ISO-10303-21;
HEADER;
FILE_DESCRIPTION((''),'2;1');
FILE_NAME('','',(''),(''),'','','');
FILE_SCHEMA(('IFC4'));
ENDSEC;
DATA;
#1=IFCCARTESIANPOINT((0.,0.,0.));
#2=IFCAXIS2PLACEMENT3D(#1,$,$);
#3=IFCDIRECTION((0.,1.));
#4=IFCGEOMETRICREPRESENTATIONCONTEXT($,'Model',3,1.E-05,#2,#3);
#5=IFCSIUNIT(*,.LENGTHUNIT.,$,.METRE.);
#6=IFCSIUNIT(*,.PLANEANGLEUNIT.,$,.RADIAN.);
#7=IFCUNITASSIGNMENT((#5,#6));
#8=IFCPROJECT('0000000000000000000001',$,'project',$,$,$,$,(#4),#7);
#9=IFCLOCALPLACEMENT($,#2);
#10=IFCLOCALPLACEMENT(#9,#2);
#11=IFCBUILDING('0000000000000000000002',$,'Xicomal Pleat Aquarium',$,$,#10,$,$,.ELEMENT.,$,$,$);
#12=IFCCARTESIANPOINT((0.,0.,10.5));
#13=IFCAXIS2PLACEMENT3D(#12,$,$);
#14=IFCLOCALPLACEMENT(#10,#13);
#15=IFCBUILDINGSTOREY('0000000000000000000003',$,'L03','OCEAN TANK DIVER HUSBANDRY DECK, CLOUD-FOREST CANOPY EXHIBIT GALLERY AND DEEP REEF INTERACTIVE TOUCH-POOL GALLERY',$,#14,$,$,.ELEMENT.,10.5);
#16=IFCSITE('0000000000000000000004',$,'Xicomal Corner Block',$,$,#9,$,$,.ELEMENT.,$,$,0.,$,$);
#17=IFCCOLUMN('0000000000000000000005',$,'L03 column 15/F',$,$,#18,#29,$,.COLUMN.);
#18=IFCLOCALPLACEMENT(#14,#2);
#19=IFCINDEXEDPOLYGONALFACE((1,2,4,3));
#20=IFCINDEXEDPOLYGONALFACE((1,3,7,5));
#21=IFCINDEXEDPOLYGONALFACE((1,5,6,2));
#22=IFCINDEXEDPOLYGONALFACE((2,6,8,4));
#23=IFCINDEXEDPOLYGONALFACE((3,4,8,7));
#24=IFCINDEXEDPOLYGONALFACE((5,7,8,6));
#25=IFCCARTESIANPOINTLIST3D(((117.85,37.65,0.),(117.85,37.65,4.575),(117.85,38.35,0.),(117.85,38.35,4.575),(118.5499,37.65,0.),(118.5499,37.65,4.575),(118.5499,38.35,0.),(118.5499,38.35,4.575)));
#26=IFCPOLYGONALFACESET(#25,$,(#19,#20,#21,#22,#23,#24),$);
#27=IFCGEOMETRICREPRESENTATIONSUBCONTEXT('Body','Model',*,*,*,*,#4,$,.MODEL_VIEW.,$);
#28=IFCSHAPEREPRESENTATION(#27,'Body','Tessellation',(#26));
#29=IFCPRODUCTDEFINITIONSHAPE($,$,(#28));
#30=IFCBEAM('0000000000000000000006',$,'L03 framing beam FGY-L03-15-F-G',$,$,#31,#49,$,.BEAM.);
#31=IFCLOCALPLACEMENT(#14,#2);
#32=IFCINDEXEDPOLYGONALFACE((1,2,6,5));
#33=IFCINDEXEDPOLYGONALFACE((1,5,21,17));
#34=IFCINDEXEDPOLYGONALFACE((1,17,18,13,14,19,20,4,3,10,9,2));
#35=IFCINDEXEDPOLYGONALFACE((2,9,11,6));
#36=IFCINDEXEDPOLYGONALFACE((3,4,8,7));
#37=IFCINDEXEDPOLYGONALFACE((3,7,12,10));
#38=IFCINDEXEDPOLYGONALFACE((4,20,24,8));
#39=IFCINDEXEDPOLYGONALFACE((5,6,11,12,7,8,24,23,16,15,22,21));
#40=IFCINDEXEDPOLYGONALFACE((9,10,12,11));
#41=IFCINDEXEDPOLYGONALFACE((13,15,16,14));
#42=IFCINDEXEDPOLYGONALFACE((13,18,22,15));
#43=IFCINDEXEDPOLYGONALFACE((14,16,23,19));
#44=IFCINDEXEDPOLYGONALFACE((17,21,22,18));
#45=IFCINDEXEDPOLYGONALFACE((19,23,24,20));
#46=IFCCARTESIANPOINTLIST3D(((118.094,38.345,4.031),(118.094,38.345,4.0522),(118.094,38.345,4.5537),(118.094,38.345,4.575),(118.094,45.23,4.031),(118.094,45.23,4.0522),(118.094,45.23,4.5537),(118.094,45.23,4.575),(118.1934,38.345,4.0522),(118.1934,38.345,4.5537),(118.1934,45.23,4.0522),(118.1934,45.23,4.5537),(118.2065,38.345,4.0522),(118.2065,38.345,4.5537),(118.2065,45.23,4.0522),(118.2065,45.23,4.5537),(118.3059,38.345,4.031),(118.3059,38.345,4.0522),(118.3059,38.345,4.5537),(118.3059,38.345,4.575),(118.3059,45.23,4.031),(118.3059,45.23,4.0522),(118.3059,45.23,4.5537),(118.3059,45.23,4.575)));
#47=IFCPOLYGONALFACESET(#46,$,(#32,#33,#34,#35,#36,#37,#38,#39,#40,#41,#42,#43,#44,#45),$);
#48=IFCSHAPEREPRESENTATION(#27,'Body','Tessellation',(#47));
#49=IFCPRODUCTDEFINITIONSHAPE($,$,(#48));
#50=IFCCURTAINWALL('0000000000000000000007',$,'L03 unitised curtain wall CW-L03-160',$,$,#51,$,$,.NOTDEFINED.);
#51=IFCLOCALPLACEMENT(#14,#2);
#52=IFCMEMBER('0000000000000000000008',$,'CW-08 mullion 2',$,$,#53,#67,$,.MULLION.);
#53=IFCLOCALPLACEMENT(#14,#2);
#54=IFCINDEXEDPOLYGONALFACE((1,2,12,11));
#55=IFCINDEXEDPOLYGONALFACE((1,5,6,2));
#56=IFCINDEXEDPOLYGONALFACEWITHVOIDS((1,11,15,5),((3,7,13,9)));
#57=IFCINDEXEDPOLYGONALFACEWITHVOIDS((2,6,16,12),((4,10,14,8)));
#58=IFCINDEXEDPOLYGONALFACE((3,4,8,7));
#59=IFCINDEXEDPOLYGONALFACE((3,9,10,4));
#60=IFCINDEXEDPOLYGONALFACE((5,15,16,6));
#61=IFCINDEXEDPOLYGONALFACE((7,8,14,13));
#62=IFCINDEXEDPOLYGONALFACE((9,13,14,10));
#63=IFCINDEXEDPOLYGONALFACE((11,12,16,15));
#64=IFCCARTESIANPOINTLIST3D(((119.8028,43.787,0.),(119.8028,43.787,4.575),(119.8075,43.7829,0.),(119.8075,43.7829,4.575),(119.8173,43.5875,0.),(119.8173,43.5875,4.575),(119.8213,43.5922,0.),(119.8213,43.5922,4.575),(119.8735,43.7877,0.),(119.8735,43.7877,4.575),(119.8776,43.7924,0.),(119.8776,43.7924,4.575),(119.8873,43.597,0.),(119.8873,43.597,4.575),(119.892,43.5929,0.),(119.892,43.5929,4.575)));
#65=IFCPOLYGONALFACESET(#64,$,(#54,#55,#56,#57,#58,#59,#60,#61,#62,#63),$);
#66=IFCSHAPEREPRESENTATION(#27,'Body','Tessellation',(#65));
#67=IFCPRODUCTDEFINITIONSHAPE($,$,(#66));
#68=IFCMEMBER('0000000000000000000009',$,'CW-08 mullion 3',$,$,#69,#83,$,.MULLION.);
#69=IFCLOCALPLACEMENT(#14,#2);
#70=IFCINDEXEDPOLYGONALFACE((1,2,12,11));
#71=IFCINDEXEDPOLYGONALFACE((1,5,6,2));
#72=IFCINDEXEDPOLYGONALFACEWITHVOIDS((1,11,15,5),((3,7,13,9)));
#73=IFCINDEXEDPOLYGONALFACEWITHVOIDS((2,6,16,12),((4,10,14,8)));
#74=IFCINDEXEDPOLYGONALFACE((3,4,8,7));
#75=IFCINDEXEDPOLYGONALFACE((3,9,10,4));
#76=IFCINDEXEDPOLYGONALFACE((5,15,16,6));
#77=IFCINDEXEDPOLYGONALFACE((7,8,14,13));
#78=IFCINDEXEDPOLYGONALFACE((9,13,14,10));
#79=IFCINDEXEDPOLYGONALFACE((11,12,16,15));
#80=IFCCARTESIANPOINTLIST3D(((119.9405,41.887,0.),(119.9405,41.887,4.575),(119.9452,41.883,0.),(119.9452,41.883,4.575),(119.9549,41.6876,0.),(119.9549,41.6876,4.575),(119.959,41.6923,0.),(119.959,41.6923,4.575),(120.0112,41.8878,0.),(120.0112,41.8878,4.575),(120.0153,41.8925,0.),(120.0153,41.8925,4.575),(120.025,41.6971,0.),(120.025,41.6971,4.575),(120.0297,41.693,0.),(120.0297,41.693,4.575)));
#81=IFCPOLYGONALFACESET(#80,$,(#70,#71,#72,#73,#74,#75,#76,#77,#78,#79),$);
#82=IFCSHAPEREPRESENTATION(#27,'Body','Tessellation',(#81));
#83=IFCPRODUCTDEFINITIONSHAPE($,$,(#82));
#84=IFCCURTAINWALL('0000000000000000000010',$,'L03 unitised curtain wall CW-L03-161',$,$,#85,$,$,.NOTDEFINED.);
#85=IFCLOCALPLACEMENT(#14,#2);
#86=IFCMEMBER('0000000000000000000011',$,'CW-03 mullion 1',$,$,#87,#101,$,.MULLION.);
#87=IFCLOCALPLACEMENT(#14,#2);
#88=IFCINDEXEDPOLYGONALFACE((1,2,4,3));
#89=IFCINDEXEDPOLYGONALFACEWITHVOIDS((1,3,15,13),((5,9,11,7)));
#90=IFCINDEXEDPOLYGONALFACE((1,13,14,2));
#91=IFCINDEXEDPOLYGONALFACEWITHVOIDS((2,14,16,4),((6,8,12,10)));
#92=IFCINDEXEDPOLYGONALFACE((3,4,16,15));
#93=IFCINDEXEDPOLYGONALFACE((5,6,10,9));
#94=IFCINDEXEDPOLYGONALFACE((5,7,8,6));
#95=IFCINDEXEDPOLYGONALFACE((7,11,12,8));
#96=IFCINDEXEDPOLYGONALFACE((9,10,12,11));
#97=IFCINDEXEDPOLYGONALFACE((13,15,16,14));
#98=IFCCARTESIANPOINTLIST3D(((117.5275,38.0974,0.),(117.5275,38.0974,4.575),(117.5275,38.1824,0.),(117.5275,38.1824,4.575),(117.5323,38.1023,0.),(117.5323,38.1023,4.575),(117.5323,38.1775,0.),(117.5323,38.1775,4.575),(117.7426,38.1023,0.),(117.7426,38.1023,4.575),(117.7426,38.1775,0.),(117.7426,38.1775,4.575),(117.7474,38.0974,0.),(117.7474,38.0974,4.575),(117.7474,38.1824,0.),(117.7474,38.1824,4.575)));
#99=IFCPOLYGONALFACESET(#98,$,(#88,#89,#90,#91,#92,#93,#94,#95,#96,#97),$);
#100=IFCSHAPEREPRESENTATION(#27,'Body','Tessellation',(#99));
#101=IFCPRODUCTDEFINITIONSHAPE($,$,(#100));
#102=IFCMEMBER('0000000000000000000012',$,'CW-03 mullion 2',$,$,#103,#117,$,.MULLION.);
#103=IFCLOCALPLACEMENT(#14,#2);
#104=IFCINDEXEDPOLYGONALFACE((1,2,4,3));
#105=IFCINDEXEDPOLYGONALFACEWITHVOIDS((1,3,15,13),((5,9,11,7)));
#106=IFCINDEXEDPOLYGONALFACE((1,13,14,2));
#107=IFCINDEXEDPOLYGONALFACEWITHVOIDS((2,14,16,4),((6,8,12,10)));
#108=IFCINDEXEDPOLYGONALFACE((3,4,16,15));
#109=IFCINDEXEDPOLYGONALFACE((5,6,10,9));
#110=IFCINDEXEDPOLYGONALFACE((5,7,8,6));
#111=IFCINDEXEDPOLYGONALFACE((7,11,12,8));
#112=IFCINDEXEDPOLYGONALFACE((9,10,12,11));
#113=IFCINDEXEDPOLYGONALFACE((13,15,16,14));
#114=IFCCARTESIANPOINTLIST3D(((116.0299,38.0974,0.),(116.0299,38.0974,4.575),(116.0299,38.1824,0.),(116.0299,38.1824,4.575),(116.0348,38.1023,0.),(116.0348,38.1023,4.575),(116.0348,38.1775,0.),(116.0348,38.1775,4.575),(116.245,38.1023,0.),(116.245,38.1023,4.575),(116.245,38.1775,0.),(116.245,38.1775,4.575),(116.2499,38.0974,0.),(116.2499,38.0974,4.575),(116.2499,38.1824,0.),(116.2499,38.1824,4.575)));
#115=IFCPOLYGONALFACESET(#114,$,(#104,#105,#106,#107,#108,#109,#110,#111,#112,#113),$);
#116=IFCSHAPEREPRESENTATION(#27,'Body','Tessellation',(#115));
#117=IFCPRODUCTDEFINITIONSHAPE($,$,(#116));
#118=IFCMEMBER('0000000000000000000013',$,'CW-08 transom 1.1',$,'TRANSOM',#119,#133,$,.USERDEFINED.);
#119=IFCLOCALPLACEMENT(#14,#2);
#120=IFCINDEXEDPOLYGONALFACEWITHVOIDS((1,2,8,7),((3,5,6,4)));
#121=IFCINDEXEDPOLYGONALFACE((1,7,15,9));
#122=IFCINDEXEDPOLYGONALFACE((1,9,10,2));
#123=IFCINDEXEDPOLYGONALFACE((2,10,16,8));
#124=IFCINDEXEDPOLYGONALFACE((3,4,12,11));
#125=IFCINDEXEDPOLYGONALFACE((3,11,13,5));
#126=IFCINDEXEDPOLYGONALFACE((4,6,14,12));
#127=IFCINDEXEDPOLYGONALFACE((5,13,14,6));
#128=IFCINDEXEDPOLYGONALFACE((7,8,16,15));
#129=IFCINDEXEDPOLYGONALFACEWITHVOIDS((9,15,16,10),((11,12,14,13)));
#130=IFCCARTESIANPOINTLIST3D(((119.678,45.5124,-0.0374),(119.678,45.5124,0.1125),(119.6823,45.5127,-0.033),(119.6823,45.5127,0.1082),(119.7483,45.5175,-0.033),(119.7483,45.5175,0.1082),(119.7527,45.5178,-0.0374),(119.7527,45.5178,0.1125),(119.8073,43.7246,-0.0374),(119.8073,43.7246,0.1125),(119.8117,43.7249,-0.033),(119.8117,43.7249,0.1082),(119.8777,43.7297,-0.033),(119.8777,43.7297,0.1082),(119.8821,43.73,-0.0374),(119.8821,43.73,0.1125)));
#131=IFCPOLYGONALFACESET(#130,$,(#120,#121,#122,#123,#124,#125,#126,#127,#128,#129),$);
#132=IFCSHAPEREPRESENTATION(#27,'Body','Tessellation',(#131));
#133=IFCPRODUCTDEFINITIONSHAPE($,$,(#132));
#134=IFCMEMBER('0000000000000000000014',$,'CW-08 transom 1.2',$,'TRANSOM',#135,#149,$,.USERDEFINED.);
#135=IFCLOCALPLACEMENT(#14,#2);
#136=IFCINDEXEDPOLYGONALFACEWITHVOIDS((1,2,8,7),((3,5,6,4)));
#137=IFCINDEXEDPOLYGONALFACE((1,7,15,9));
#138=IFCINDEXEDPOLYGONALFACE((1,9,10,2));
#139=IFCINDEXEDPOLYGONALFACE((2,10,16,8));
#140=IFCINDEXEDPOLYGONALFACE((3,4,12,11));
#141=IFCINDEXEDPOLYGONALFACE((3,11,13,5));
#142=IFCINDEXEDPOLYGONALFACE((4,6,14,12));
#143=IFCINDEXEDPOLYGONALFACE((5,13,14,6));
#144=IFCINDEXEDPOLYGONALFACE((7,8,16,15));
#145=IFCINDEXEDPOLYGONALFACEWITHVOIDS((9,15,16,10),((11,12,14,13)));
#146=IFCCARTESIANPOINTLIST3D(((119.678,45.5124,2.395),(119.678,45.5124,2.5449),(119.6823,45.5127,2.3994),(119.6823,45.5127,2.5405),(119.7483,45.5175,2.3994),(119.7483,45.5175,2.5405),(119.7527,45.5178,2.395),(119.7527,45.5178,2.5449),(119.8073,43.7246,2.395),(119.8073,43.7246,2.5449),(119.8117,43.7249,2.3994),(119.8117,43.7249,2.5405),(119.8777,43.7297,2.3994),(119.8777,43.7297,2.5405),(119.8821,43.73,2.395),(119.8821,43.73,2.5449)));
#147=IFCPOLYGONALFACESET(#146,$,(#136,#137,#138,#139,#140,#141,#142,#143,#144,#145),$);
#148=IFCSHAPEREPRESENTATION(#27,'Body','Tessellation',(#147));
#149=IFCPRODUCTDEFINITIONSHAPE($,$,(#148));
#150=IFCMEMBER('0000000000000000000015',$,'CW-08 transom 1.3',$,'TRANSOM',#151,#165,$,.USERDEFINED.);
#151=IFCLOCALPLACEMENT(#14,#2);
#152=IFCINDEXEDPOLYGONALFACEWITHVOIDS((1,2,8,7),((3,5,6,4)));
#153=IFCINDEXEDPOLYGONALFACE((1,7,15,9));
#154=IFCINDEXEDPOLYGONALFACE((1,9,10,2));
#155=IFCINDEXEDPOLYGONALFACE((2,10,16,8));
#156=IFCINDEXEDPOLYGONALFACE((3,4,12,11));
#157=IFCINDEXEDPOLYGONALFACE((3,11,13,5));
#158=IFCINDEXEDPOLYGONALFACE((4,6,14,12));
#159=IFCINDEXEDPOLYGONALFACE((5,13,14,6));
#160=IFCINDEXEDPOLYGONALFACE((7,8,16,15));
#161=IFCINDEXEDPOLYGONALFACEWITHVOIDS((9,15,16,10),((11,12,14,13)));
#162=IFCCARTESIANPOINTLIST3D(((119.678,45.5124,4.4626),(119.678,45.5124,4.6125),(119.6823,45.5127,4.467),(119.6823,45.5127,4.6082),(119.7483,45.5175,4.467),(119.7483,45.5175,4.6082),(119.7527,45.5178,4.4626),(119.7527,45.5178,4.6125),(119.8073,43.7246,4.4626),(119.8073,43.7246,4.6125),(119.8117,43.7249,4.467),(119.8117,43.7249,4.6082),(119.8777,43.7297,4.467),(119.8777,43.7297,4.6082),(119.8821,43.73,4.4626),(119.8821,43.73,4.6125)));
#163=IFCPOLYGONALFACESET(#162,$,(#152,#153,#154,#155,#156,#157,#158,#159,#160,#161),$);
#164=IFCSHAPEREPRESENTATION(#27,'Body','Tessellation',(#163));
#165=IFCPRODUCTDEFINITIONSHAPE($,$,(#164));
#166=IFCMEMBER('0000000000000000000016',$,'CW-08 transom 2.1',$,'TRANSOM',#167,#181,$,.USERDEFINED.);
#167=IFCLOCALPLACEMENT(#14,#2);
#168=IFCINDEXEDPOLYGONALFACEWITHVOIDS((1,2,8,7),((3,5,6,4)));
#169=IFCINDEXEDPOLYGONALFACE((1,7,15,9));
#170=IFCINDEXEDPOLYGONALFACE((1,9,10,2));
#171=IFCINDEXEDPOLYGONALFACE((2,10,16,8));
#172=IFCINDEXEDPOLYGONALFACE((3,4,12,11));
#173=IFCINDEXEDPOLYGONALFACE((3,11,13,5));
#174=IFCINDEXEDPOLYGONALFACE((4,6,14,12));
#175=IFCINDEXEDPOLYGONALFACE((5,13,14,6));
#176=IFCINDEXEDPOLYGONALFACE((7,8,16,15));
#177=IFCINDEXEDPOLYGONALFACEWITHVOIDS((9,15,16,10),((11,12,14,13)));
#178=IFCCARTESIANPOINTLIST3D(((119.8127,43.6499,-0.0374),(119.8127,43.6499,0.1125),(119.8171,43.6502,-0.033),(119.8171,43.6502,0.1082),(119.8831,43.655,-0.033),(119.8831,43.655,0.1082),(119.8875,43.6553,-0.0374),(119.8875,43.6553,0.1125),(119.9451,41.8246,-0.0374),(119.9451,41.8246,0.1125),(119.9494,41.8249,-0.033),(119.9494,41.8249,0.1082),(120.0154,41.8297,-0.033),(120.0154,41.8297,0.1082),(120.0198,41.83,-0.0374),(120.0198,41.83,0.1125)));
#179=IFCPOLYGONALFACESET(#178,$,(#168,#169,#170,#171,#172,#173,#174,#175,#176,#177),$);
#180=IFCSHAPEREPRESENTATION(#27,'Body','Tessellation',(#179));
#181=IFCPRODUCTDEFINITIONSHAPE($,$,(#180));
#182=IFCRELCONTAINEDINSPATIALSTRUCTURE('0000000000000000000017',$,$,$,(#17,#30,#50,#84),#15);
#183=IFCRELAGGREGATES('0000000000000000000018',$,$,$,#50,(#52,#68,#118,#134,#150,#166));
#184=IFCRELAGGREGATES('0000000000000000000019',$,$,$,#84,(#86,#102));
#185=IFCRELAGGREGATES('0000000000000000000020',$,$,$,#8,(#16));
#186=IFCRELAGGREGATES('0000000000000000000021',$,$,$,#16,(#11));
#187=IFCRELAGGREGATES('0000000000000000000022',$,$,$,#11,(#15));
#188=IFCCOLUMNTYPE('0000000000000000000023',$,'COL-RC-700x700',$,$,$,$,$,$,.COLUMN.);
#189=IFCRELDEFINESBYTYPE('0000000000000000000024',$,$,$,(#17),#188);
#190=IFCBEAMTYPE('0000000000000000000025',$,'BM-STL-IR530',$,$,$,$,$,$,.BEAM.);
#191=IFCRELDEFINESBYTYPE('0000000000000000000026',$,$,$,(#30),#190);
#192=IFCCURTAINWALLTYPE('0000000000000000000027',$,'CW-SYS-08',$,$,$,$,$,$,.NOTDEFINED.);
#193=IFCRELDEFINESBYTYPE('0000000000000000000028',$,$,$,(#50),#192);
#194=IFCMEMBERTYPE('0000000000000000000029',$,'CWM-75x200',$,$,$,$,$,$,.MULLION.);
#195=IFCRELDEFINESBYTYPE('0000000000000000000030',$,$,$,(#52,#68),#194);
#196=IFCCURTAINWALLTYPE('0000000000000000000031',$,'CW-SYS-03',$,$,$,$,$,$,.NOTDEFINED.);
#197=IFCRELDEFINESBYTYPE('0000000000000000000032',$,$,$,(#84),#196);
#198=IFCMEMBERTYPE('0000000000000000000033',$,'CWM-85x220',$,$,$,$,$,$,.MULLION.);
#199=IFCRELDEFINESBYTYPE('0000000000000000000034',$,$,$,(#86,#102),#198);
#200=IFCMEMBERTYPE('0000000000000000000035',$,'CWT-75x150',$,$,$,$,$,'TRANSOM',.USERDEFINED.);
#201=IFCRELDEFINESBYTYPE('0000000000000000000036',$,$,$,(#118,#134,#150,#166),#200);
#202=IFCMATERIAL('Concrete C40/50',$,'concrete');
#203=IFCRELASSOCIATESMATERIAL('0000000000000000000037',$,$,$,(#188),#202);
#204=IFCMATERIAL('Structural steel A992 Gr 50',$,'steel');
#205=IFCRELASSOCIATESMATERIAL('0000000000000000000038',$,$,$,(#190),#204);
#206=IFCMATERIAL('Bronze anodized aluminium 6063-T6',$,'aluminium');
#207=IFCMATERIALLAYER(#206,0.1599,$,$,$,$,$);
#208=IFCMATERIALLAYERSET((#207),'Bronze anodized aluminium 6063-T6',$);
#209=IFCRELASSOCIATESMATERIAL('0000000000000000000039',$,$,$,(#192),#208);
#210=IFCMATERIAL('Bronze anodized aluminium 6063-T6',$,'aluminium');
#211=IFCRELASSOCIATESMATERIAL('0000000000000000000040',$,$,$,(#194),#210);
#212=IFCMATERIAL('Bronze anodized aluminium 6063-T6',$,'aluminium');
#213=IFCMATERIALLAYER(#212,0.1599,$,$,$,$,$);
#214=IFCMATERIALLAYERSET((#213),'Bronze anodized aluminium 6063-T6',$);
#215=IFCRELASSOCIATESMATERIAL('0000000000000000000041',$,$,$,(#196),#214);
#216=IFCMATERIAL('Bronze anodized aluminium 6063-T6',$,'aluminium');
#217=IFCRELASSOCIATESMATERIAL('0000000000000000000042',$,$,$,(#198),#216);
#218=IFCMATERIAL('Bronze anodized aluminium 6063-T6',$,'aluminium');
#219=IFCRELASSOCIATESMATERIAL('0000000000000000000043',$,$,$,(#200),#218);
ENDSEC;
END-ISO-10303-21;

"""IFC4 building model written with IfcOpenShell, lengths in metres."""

from ifc_helpers import new_model, si_unit, direction, frame, origin, origin_2d, place, context, subcontext, project, spatial, rectangle, hollow_rectangle, i_section, extrude, material, layer, layer_set, material_profile, profile_set, type_object, element, aggregate, save


model = new_model("IFC4")

# Units and contexts
model_context = context("Model", 3, precision=1e-05, world=origin(), true_north=direction((0.0, 1.0)))
body_context = subcontext(model_context, "Body", "Model", "MODEL_VIEW")
ifc_project = project(units=[si_unit("LENGTHUNIT", "METRE"), si_unit("PLANEANGLEUNIT", "RADIAN")], contexts=[model_context])

# Site, building, storey
site_placement = place(None, origin())
site = spatial("IfcSite", under=ifc_project, at=site_placement, Name="Xicomal Corner Block", CompositionType="ELEMENT", RefElevation=0.0)
building_placement = place(site_placement, origin())
building = spatial("IfcBuilding", under=site, at=building_placement, Name="Xicomal Pleat Aquarium", CompositionType="ELEMENT")
storey_placement = place(building_placement, frame((0.0, 0.0, 10.5)))
storey = spatial("IfcBuildingStorey", under=building, at=storey_placement, Name="L03", Description="OCEAN TANK DIVER HUSBANDRY DECK, CLOUD-FOREST CANOPY EXHIBIT GALLERY AND DEEP REEF INTERACTIVE TOUCH-POOL GALLERY", CompositionType="ELEMENT", Elevation=10.5)

# Column
ifc_material_1 = material(Name="Concrete C40/50", Category="concrete")
ifc_material_profile_1 = material_profile(ifc_material_1, rectangle(XDim=0.7, YDim=0.7, at=origin_2d()), Name="RC 700x700")
ifc_profile_set_1 = profile_set([ifc_material_profile_1], Name="Concrete C40/50")
column_type = type_object("IfcColumnType", Name="COL-RC-700x700", PredefinedType="COLUMN", material=ifc_profile_set_1)
column_placement = place(storey_placement, frame((118.2, 38.0, 0.0), z_axis=(0.0, 0.0, 1.0), x_axis=(1.0, 0.0, 0.0)))
element("IfcColumn", 1, at=column_placement, inside=storey, type_object=column_type, Name="L03 column 15/F", PredefinedType="COLUMN", context=body_context, shape_type="SweptSolid", body=[
    extrude(rectangle(XDim=0.7, YDim=0.7, at=origin_2d()), origin(), (0.0, 0.0, 1.0), 4.575),
])

# Beam
ifc_material_2 = material(Name="Structural steel A992 Gr 50", Category="steel")
ifc_material_profile_2 = material_profile(ifc_material_2, i_section(OverallWidth=0.2119, OverallDepth=0.5439, WebThickness=0.0132, FlangeThickness=0.0212, at=origin_2d()), Name="IR 530x123")
ifc_profile_set_2 = profile_set([ifc_material_profile_2], Name="Structural steel A992 Gr 50")
beam_type = type_object("IfcBeamType", Name="BM-STL-IR530", PredefinedType="BEAM", material=ifc_profile_set_2)
beam_placement = place(storey_placement, frame((118.2, 38.345, 4.303), z_axis=(0.0, 1.0, 0.0), x_axis=(-1.0, 0.0, 0.0)))
element("IfcBeam", 2, at=beam_placement, inside=storey, type_object=beam_type, Name="L03 framing beam FGY-L03-15-F-G", PredefinedType="BEAM", context=body_context, shape_type="SweptSolid", body=[
    extrude(i_section(OverallWidth=0.2119, OverallDepth=0.5439, WebThickness=0.0132, FlangeThickness=0.0212, at=origin_2d()), origin(), (0.0, 0.0, 1.0), 6.885),
])

# Curtain walls, members
ifc_material_3 = material(Name="Bronze anodized aluminium 6063-T6", Category="aluminium")
ifc_layer_1 = layer(ifc_material_3, 0.1599)
ifc_layer_set_1 = layer_set([ifc_layer_1], Name="Bronze anodized aluminium 6063-T6")
curtain_wall_type_1 = type_object("IfcCurtainWallType", Name="CW-SYS-08", PredefinedType="NOTDEFINED", material=ifc_layer_set_1)
curtain_wall_1_placement = place(storey_placement, origin())
curtain_wall_1 = element("IfcCurtainWall", 3, at=curtain_wall_1_placement, inside=storey, type_object=curtain_wall_type_1, Name="L03 unitised curtain wall CW-L03-160", PredefinedType="NOTDEFINED")
ifc_material_4 = material(Name="Bronze anodized aluminium 6063-T6", Category="aluminium")
ifc_material_profile_3 = material_profile(ifc_material_4, hollow_rectangle(XDim=0.075, YDim=0.2, WallThickness=0.0044, at=origin_2d()), Name="ALU MULL 75x200")
ifc_profile_set_3 = profile_set([ifc_material_profile_3], Name="Bronze anodized aluminium 6063-T6")
member_type_1 = type_object("IfcMemberType", Name="CWM-75x200", PredefinedType="MULLION", material=ifc_profile_set_3)
member_1_placement = place(storey_placement, frame((119.8474, 43.6899, 0.0), z_axis=(0.0, 0.0, 1.0), x_axis=(0.997392, 0.07218, 0.0)))
member_1 = element("IfcMember", 4, at=member_1_placement, type_object=member_type_1, Name="CW-08 mullion 2", PredefinedType="MULLION", context=body_context, shape_type="SweptSolid", body=[
    extrude(hollow_rectangle(XDim=0.075, YDim=0.2, WallThickness=0.0044, at=origin_2d()), origin(), (0.0, 0.0, 1.0), 4.575),
])
member_2_placement = place(storey_placement, frame((119.9851, 41.79, 0.0), z_axis=(0.0, 0.0, 1.0), x_axis=(0.997392, 0.07218, 0.0)))
member_2 = element("IfcMember", 5, at=member_2_placement, type_object=member_type_1, Name="CW-08 mullion 3", PredefinedType="MULLION", context=body_context, shape_type="SweptSolid", body=[
    extrude(hollow_rectangle(XDim=0.075, YDim=0.2, WallThickness=0.0044, at=origin_2d()), origin(), (0.0, 0.0, 1.0), 4.575),
])
ifc_material_5 = material(Name="Bronze anodized aluminium 6063-T6", Category="aluminium")
ifc_layer_2 = layer(ifc_material_5, 0.1599)
ifc_layer_set_2 = layer_set([ifc_layer_2], Name="Bronze anodized aluminium 6063-T6")
curtain_wall_type_2 = type_object("IfcCurtainWallType", Name="CW-SYS-03", PredefinedType="NOTDEFINED", material=ifc_layer_set_2)
curtain_wall_2_placement = place(storey_placement, origin())
curtain_wall_2 = element("IfcCurtainWall", 6, at=curtain_wall_2_placement, inside=storey, type_object=curtain_wall_type_2, Name="L03 unitised curtain wall CW-L03-161", PredefinedType="NOTDEFINED")
ifc_material_6 = material(Name="Bronze anodized aluminium 6063-T6", Category="aluminium")
ifc_material_profile_4 = material_profile(ifc_material_6, hollow_rectangle(XDim=0.085, YDim=0.22, WallThickness=0.0049, at=origin_2d()), Name="ALU MULL 85x220")
ifc_profile_set_4 = profile_set([ifc_material_profile_4], Name="Bronze anodized aluminium 6063-T6")
member_type_2 = type_object("IfcMemberType", Name="CWM-85x220", PredefinedType="MULLION", material=ifc_profile_set_4)
member_3_placement = place(storey_placement, frame((117.6375, 38.1399, 0.0), z_axis=(0.0, 0.0, 1.0), x_axis=(0.0, -1.0, 0.0)))
member_3 = element("IfcMember", 7, at=member_3_placement, type_object=member_type_2, Name="CW-03 mullion 1", PredefinedType="MULLION", context=body_context, shape_type="SweptSolid", body=[
    extrude(hollow_rectangle(XDim=0.085, YDim=0.22, WallThickness=0.0049, at=origin_2d()), origin(), (0.0, 0.0, 1.0), 4.575),
])
member_4_placement = place(storey_placement, frame((116.1399, 38.1399, 0.0), z_axis=(0.0, 0.0, 1.0), x_axis=(0.0, -1.0, 0.0)))
member_4 = element("IfcMember", 8, at=member_4_placement, type_object=member_type_2, Name="CW-03 mullion 2", PredefinedType="MULLION", context=body_context, shape_type="SweptSolid", body=[
    extrude(hollow_rectangle(XDim=0.085, YDim=0.22, WallThickness=0.0049, at=origin_2d()), origin(), (0.0, 0.0, 1.0), 4.575),
])

# Members
ifc_material_7 = material(Name="Bronze anodized aluminium 6063-T6", Category="aluminium")
ifc_material_profile_5 = material_profile(ifc_material_7, hollow_rectangle(XDim=0.075, YDim=0.1499, WallThickness=0.0044, at=origin_2d()), Name="ALU TRAN 75x150")
ifc_profile_set_5 = profile_set([ifc_material_profile_5], Name="Bronze anodized aluminium 6063-T6")
member_type_3 = type_object("IfcMemberType", Name="CWT-75x150", ElementType="TRANSOM", PredefinedType="USERDEFINED", material=ifc_profile_set_5)
member_5_placement = place(storey_placement, frame((119.7153, 45.5151, 0.0376), z_axis=(0.072186, -0.997391, 0.0), x_axis=(0.997391, 0.072186, 0.0)))
member_5 = element("IfcMember", 9, at=member_5_placement, type_object=member_type_3, Name="CW-08 transom 1.1", ObjectType="TRANSOM", PredefinedType="USERDEFINED", context=body_context, shape_type="SweptSolid", body=[
    extrude(hollow_rectangle(XDim=0.075, YDim=0.1499, WallThickness=0.0044, at=origin_2d()), origin(), (0.0, 0.0, 1.0), 1.7925),
])
member_6_placement = place(storey_placement, frame((119.7153, 45.5151, 2.47), z_axis=(0.072186, -0.997391, 0.0), x_axis=(0.997391, 0.072186, 0.0)))
member_6 = element("IfcMember", 10, at=member_6_placement, type_object=member_type_3, Name="CW-08 transom 1.2", ObjectType="TRANSOM", PredefinedType="USERDEFINED", context=body_context, shape_type="SweptSolid", body=[
    extrude(hollow_rectangle(XDim=0.075, YDim=0.1499, WallThickness=0.0044, at=origin_2d()), origin(), (0.0, 0.0, 1.0), 1.7925),
])
member_7_placement = place(storey_placement, frame((119.7153, 45.5151, 4.5376), z_axis=(0.072186, -0.997391, 0.0), x_axis=(0.997391, 0.072186, 0.0)))
member_7 = element("IfcMember", 11, at=member_7_placement, type_object=member_type_3, Name="CW-08 transom 1.3", ObjectType="TRANSOM", PredefinedType="USERDEFINED", context=body_context, shape_type="SweptSolid", body=[
    extrude(hollow_rectangle(XDim=0.075, YDim=0.1499, WallThickness=0.0044, at=origin_2d()), origin(), (0.0, 0.0, 1.0), 1.7925),
])
member_8_placement = place(storey_placement, frame((119.8501, 43.6526, 0.0376), z_axis=(0.072309, -0.997382, 0.0), x_axis=(0.997382, 0.072309, 0.0)))
member_8 = element("IfcMember", 12, at=member_8_placement, type_object=member_type_3, Name="CW-08 transom 2.1", ObjectType="TRANSOM", PredefinedType="USERDEFINED", context=body_context, shape_type="SweptSolid", body=[
    extrude(hollow_rectangle(XDim=0.075, YDim=0.1499, WallThickness=0.0044, at=origin_2d()), origin(), (0.0, 0.0, 1.0), 1.8301),
])

aggregate(curtain_wall_1, [member_1, member_2, member_5, member_6, member_7, member_8])
aggregate(curtain_wall_2, [member_3, member_4])

save(model, "model.ifc")
